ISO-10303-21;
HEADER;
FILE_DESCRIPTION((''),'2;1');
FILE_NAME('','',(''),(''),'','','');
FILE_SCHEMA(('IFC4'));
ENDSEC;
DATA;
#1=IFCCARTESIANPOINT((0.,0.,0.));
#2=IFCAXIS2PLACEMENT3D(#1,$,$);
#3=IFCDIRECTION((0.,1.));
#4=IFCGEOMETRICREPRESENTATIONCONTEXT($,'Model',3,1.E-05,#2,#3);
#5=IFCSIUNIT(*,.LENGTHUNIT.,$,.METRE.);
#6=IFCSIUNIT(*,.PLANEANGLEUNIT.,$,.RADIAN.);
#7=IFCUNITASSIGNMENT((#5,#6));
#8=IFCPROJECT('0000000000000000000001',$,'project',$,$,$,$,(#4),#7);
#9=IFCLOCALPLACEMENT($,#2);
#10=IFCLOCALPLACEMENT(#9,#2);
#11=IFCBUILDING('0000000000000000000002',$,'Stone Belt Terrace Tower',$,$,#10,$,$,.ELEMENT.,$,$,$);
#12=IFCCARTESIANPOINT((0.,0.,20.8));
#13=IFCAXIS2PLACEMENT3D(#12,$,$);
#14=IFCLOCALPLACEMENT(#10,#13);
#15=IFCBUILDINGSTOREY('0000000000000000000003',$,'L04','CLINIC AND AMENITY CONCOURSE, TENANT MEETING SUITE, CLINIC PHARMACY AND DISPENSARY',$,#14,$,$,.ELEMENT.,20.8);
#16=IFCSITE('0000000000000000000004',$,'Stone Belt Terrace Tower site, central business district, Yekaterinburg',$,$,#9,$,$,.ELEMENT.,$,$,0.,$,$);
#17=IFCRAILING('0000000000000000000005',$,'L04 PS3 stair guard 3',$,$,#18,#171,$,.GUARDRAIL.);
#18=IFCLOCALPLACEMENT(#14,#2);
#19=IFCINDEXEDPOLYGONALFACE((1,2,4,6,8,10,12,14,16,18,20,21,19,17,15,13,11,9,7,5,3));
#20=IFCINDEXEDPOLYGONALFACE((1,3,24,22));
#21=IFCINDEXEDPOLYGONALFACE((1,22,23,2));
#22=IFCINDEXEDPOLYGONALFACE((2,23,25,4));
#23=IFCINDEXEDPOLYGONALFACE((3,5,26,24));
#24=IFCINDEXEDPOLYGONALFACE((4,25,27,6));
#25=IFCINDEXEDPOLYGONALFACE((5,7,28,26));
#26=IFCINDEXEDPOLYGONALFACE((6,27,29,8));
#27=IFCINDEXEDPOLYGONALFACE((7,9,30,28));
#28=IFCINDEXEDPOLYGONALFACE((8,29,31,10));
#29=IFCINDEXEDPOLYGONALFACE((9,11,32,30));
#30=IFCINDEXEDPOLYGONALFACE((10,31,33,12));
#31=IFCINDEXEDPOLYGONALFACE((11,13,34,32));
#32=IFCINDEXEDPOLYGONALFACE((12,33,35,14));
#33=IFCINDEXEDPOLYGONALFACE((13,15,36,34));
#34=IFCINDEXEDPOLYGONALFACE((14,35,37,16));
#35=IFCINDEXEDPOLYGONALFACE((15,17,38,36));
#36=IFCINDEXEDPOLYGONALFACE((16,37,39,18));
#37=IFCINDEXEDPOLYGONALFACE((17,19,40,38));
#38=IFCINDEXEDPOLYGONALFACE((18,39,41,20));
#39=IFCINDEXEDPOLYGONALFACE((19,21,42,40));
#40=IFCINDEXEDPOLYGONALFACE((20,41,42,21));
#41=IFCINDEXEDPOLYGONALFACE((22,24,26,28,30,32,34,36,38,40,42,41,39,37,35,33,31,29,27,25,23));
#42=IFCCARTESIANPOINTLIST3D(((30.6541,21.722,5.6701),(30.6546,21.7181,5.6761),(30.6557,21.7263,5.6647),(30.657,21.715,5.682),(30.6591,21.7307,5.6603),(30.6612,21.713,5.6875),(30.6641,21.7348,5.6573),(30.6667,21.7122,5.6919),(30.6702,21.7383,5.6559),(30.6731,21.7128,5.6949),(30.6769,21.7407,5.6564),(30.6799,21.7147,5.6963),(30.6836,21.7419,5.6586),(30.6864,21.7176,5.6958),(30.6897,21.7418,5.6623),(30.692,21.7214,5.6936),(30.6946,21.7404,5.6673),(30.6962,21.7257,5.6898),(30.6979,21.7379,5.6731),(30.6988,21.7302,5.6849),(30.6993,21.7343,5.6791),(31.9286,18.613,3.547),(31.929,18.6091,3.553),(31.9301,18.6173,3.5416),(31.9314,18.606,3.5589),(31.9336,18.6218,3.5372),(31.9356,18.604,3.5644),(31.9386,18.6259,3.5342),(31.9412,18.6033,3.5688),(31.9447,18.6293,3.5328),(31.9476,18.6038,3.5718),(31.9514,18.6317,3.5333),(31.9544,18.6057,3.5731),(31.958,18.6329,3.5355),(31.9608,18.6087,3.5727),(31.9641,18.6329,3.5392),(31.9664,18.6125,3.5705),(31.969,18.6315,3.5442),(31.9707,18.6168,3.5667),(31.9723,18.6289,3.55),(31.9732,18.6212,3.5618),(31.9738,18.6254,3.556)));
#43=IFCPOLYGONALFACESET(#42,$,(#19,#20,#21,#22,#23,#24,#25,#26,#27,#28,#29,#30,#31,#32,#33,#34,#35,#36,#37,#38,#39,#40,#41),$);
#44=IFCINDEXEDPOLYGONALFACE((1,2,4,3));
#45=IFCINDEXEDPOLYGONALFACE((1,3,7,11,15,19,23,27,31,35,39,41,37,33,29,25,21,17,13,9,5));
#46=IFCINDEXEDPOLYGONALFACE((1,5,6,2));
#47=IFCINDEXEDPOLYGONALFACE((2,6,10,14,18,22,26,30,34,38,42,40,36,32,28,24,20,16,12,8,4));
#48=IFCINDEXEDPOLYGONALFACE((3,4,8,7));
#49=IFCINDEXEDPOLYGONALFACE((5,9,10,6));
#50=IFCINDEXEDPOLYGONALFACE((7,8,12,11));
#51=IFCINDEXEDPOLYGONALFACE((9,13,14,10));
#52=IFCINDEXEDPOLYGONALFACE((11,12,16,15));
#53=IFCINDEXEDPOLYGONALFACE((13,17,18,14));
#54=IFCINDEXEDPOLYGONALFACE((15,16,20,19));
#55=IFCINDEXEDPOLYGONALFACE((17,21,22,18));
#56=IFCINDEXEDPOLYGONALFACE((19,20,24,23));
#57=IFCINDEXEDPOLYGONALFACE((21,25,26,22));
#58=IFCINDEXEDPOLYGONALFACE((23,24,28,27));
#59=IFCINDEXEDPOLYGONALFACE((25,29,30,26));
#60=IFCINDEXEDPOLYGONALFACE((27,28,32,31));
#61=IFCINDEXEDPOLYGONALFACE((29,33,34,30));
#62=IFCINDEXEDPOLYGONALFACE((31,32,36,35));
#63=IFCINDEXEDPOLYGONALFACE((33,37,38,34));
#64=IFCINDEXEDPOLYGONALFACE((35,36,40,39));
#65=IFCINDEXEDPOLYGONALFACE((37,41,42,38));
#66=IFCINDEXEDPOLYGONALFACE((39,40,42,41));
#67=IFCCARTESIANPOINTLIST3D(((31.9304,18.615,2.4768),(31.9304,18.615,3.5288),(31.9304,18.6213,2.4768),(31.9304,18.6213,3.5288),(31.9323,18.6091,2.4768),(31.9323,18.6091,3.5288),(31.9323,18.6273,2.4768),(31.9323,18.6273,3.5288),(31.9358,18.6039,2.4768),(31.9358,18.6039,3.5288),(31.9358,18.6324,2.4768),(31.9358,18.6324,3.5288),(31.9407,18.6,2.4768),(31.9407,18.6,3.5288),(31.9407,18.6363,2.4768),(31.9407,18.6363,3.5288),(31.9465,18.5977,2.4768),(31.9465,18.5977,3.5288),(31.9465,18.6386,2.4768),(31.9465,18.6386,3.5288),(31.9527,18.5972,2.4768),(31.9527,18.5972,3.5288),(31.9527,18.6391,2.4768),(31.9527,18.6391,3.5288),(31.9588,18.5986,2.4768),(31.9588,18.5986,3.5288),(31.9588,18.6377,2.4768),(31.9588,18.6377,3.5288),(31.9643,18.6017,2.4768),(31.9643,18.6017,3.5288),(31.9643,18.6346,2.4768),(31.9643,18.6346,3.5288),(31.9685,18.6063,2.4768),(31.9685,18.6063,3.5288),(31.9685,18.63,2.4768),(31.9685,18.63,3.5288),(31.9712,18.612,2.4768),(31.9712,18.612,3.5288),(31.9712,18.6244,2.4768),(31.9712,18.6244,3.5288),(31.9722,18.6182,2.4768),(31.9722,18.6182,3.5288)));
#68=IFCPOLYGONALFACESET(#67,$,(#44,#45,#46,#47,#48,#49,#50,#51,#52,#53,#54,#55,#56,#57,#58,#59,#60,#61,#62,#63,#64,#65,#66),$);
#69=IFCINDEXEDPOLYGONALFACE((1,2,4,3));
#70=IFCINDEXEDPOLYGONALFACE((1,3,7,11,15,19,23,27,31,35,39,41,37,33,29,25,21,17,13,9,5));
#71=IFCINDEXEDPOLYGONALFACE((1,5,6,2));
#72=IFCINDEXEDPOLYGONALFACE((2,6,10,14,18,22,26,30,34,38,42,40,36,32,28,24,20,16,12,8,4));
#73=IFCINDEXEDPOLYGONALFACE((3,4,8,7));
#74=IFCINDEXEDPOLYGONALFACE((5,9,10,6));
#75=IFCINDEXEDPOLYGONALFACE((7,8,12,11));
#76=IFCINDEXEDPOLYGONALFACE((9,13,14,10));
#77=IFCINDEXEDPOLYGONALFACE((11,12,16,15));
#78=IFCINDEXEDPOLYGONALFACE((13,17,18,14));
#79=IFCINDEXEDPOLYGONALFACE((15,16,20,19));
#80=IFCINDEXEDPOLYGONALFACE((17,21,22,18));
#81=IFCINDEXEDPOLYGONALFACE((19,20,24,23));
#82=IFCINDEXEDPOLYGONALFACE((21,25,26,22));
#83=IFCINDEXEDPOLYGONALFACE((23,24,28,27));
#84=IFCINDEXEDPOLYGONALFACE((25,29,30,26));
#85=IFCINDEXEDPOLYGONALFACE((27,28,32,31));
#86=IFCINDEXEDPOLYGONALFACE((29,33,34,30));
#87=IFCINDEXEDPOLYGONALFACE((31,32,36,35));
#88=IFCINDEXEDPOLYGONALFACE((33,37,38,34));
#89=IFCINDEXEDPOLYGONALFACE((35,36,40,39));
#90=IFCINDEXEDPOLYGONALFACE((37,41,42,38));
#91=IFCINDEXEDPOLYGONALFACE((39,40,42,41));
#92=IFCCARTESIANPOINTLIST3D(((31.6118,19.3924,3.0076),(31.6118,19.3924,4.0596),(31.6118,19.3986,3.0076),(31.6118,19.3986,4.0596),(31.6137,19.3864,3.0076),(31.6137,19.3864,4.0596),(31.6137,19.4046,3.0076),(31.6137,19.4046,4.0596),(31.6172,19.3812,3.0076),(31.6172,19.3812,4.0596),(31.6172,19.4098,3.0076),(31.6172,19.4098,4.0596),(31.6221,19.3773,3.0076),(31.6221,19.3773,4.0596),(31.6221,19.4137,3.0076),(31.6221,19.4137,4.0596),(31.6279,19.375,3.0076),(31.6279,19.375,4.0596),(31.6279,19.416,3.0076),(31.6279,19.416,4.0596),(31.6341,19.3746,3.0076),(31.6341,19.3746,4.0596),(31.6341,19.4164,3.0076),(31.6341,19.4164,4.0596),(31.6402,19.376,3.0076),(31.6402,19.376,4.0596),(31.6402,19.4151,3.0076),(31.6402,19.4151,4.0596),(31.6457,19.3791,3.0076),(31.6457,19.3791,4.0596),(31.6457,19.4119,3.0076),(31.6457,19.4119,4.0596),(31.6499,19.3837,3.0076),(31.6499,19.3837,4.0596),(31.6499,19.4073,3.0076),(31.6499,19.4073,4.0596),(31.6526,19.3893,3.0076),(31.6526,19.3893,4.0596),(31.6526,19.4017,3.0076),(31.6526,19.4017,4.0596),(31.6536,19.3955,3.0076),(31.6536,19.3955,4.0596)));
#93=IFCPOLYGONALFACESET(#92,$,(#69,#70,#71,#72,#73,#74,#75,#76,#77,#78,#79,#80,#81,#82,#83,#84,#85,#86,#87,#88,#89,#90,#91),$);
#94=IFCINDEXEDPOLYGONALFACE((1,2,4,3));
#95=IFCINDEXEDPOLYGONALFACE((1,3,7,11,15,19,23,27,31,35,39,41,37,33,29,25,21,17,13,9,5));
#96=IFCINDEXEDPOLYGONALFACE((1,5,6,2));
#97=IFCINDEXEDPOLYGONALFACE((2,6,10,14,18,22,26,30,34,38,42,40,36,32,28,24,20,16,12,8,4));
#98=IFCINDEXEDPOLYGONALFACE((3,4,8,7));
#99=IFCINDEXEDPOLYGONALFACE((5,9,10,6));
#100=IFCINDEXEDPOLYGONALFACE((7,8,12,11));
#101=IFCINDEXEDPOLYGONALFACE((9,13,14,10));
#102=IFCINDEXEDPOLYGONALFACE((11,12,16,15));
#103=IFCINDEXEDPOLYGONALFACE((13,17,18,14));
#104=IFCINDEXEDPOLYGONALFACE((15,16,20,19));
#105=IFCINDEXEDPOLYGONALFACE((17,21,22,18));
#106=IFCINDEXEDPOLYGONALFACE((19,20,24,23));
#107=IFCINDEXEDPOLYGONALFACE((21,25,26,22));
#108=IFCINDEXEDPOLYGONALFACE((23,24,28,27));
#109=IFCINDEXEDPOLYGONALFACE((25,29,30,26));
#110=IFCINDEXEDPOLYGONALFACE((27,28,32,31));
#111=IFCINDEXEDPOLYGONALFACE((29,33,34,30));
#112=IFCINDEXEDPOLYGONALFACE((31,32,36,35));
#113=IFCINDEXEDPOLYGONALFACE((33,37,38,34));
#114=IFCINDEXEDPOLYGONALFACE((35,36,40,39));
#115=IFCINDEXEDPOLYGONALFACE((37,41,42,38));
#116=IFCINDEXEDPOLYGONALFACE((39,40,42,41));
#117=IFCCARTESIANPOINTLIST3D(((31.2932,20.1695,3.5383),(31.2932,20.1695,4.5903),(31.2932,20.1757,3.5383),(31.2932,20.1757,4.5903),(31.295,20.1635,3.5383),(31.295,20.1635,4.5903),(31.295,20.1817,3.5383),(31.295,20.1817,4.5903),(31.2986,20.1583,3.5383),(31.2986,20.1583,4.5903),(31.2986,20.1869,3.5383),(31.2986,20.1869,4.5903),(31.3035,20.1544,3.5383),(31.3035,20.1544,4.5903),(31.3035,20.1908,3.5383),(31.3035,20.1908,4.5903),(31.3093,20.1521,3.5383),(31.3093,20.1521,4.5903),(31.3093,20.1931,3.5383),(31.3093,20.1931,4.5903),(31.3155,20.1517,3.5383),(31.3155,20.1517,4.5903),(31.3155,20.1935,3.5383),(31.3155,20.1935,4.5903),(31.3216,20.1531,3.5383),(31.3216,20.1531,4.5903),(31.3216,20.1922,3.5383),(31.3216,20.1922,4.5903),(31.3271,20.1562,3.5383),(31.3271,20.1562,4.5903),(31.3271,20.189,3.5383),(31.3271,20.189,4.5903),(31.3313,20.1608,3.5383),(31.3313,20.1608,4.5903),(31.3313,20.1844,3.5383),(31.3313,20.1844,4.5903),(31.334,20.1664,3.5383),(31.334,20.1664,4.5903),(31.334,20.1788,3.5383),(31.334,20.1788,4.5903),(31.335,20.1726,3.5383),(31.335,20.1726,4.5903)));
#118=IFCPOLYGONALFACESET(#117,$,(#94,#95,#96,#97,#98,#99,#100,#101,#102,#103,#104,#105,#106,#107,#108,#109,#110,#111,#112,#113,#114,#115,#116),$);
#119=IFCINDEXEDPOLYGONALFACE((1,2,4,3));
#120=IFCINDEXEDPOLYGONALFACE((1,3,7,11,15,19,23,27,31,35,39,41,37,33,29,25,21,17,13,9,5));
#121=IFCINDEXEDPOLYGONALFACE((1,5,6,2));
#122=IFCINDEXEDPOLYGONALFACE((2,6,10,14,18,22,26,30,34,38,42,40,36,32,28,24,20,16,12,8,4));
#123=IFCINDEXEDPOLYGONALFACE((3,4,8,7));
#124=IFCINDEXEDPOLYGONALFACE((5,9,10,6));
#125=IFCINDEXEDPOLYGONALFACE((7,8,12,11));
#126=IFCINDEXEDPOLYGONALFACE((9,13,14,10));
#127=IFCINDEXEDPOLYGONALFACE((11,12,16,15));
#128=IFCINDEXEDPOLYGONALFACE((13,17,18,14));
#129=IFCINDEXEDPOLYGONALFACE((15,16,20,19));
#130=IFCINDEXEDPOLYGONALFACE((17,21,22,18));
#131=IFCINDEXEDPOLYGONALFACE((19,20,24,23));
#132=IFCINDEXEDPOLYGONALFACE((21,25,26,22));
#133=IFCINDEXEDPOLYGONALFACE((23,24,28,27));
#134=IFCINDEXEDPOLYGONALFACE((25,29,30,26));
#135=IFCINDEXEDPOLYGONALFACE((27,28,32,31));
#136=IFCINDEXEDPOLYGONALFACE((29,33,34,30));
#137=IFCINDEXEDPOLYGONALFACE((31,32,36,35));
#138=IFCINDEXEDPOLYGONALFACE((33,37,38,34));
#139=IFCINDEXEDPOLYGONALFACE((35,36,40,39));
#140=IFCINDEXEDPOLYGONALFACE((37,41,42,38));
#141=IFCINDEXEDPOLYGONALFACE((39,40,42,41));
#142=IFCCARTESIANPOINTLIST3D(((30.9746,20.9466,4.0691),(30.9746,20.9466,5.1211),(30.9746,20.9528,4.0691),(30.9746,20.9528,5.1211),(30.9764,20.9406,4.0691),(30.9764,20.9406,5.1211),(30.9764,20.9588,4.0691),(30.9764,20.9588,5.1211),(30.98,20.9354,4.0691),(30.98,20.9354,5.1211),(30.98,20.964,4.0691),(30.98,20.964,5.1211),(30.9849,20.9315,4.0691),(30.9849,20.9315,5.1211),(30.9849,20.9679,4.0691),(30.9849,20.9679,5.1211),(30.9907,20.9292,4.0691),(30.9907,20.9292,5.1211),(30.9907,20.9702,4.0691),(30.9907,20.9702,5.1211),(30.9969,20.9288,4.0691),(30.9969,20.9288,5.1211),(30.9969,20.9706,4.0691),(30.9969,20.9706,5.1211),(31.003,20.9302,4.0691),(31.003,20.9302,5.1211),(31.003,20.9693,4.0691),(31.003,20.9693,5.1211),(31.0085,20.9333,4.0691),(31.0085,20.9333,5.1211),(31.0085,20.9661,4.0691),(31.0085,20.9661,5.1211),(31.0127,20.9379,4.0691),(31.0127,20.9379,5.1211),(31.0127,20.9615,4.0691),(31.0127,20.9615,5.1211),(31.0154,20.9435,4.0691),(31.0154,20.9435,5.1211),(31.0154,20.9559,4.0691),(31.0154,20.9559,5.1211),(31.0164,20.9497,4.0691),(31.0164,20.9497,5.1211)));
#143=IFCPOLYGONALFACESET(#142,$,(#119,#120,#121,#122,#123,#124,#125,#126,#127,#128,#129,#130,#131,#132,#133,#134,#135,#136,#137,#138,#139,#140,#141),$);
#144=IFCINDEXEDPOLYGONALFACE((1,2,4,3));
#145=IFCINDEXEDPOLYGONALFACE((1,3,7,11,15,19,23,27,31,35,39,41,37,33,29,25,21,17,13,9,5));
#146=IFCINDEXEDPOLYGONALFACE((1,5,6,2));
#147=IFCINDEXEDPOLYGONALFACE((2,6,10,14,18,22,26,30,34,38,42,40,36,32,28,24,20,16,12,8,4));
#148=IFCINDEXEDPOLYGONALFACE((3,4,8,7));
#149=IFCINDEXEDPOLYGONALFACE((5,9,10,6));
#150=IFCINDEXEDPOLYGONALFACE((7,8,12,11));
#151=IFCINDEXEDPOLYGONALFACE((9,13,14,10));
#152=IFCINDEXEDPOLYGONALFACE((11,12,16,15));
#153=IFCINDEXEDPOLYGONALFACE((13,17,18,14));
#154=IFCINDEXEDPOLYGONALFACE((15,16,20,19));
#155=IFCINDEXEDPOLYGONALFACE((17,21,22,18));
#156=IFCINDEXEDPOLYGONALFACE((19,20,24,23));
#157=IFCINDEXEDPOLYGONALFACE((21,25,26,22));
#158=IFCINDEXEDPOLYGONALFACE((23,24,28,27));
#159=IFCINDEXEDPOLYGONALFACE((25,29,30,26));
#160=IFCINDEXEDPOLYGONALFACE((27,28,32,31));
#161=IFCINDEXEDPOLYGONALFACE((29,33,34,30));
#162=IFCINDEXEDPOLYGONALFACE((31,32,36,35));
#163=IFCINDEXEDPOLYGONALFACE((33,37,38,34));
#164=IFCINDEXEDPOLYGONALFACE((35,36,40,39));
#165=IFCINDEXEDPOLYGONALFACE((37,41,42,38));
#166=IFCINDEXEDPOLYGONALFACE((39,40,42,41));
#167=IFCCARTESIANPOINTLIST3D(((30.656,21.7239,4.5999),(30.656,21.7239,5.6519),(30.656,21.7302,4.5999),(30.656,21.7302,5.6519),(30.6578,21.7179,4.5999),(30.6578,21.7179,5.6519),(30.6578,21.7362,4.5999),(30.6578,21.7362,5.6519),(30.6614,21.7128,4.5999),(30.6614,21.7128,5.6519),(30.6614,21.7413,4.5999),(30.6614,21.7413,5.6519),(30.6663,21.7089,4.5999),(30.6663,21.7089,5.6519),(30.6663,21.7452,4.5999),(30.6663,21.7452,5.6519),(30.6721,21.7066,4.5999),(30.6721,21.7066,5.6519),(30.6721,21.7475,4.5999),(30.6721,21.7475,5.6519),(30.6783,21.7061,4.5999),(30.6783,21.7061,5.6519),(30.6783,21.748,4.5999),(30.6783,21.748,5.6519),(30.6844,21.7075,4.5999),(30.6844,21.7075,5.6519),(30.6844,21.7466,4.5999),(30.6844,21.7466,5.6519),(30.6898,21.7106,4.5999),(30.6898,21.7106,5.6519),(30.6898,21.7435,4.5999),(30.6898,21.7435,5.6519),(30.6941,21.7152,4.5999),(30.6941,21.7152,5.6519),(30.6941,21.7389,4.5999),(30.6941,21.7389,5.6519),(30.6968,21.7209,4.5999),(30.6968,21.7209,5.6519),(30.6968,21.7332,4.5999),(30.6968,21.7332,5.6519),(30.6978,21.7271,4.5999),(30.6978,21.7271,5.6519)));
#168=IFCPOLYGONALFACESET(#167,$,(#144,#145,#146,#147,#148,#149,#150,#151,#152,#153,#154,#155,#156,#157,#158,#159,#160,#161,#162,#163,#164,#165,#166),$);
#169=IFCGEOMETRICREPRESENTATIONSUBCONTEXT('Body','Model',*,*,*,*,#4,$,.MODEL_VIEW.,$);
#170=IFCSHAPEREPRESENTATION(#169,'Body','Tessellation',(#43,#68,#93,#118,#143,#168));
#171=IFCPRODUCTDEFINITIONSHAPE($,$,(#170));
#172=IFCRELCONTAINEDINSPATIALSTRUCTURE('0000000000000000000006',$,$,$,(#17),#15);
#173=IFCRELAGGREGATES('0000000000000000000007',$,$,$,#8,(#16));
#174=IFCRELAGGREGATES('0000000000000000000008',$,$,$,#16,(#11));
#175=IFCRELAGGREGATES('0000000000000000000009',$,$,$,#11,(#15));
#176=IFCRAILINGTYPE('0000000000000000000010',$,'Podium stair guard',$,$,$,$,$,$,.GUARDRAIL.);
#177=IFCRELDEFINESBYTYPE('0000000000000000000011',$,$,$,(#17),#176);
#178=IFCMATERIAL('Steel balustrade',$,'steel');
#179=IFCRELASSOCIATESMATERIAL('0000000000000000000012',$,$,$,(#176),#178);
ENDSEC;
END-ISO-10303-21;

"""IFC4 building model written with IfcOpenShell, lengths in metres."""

from ifc_helpers import new_model, si_unit, direction, frame, origin, origin_2d, place, context, subcontext, project, spatial, circle, extrude, material, type_object, element, save


model = new_model("IFC4")

# Units and contexts
model_context = context("Model", 3, precision=1e-05, world=origin(), true_north=direction((0.0, 1.0)))
body_context = subcontext(model_context, "Body", "Model", "MODEL_VIEW")
ifc_project = project(units=[si_unit("LENGTHUNIT", "METRE"), si_unit("PLANEANGLEUNIT", "RADIAN")], contexts=[model_context])

# Site, building, storey
site_placement = place(None, origin())
site = spatial("IfcSite", under=ifc_project, at=site_placement, Name="Stone Belt Terrace Tower site, central business district, Yekaterinburg", CompositionType="ELEMENT", RefElevation=0.0)
building_placement = place(site_placement, origin())
building = spatial("IfcBuilding", under=site, at=building_placement, Name="Stone Belt Terrace Tower", CompositionType="ELEMENT")
storey_placement = place(building_placement, frame((0.0, 0.0, 20.8)))
storey = spatial("IfcBuildingStorey", under=building, at=storey_placement, Name="L04", Description="CLINIC AND AMENITY CONCOURSE, TENANT MEETING SUITE, CLINIC PHARMACY AND DISPENSARY", CompositionType="ELEMENT", Elevation=20.8)

# Railing
ifc_material_1 = material(Name="Steel balustrade", Category="steel")
railing_type = type_object("IfcRailingType", Name="Podium stair guard", PredefinedType="GUARDRAIL", material=ifc_material_1)
railing_1_placement = place(storey_placement, frame((31.9512, 18.6182, 2.4768)))
element("IfcRailing", 1, at=railing_1_placement, inside=storey, type_object=railing_type, Name="L04 PS3 stair guard 3", PredefinedType="GUARDRAIL", context=body_context, shape_type="SweptSolid", body=[
    extrude(circle(Radius=0.0239, at=origin_2d()), frame((0.0, 0.0, 1.0762), z_axis=(-0.320648, 0.782209, 0.534167), x_axis=(-0.925276, -0.379295, 0.0)), (0.0, 0.0, 1.0), 3.9746),
    extrude(circle(Radius=0.021, at=origin_2d()), origin(), (0.0, 0.0, 1.0), 1.052),
    extrude(circle(Radius=0.021, at=origin_2d()), frame((-0.3186, 0.7773, 0.5308)), (0.0, 0.0, 1.0), 1.052),
    extrude(circle(Radius=0.021, at=origin_2d()), frame((-0.6372, 1.5544, 1.0615)), (0.0, 0.0, 1.0), 1.052),
    extrude(circle(Radius=0.021, at=origin_2d()), frame((-0.9558, 2.3315, 1.5923)), (0.0, 0.0, 1.0), 1.052),
    extrude(circle(Radius=0.021, at=origin_2d()), frame((-1.2744, 3.1089, 2.123)), (0.0, 0.0, 1.0), 1.052),
])

save(model, "model.ifc")
